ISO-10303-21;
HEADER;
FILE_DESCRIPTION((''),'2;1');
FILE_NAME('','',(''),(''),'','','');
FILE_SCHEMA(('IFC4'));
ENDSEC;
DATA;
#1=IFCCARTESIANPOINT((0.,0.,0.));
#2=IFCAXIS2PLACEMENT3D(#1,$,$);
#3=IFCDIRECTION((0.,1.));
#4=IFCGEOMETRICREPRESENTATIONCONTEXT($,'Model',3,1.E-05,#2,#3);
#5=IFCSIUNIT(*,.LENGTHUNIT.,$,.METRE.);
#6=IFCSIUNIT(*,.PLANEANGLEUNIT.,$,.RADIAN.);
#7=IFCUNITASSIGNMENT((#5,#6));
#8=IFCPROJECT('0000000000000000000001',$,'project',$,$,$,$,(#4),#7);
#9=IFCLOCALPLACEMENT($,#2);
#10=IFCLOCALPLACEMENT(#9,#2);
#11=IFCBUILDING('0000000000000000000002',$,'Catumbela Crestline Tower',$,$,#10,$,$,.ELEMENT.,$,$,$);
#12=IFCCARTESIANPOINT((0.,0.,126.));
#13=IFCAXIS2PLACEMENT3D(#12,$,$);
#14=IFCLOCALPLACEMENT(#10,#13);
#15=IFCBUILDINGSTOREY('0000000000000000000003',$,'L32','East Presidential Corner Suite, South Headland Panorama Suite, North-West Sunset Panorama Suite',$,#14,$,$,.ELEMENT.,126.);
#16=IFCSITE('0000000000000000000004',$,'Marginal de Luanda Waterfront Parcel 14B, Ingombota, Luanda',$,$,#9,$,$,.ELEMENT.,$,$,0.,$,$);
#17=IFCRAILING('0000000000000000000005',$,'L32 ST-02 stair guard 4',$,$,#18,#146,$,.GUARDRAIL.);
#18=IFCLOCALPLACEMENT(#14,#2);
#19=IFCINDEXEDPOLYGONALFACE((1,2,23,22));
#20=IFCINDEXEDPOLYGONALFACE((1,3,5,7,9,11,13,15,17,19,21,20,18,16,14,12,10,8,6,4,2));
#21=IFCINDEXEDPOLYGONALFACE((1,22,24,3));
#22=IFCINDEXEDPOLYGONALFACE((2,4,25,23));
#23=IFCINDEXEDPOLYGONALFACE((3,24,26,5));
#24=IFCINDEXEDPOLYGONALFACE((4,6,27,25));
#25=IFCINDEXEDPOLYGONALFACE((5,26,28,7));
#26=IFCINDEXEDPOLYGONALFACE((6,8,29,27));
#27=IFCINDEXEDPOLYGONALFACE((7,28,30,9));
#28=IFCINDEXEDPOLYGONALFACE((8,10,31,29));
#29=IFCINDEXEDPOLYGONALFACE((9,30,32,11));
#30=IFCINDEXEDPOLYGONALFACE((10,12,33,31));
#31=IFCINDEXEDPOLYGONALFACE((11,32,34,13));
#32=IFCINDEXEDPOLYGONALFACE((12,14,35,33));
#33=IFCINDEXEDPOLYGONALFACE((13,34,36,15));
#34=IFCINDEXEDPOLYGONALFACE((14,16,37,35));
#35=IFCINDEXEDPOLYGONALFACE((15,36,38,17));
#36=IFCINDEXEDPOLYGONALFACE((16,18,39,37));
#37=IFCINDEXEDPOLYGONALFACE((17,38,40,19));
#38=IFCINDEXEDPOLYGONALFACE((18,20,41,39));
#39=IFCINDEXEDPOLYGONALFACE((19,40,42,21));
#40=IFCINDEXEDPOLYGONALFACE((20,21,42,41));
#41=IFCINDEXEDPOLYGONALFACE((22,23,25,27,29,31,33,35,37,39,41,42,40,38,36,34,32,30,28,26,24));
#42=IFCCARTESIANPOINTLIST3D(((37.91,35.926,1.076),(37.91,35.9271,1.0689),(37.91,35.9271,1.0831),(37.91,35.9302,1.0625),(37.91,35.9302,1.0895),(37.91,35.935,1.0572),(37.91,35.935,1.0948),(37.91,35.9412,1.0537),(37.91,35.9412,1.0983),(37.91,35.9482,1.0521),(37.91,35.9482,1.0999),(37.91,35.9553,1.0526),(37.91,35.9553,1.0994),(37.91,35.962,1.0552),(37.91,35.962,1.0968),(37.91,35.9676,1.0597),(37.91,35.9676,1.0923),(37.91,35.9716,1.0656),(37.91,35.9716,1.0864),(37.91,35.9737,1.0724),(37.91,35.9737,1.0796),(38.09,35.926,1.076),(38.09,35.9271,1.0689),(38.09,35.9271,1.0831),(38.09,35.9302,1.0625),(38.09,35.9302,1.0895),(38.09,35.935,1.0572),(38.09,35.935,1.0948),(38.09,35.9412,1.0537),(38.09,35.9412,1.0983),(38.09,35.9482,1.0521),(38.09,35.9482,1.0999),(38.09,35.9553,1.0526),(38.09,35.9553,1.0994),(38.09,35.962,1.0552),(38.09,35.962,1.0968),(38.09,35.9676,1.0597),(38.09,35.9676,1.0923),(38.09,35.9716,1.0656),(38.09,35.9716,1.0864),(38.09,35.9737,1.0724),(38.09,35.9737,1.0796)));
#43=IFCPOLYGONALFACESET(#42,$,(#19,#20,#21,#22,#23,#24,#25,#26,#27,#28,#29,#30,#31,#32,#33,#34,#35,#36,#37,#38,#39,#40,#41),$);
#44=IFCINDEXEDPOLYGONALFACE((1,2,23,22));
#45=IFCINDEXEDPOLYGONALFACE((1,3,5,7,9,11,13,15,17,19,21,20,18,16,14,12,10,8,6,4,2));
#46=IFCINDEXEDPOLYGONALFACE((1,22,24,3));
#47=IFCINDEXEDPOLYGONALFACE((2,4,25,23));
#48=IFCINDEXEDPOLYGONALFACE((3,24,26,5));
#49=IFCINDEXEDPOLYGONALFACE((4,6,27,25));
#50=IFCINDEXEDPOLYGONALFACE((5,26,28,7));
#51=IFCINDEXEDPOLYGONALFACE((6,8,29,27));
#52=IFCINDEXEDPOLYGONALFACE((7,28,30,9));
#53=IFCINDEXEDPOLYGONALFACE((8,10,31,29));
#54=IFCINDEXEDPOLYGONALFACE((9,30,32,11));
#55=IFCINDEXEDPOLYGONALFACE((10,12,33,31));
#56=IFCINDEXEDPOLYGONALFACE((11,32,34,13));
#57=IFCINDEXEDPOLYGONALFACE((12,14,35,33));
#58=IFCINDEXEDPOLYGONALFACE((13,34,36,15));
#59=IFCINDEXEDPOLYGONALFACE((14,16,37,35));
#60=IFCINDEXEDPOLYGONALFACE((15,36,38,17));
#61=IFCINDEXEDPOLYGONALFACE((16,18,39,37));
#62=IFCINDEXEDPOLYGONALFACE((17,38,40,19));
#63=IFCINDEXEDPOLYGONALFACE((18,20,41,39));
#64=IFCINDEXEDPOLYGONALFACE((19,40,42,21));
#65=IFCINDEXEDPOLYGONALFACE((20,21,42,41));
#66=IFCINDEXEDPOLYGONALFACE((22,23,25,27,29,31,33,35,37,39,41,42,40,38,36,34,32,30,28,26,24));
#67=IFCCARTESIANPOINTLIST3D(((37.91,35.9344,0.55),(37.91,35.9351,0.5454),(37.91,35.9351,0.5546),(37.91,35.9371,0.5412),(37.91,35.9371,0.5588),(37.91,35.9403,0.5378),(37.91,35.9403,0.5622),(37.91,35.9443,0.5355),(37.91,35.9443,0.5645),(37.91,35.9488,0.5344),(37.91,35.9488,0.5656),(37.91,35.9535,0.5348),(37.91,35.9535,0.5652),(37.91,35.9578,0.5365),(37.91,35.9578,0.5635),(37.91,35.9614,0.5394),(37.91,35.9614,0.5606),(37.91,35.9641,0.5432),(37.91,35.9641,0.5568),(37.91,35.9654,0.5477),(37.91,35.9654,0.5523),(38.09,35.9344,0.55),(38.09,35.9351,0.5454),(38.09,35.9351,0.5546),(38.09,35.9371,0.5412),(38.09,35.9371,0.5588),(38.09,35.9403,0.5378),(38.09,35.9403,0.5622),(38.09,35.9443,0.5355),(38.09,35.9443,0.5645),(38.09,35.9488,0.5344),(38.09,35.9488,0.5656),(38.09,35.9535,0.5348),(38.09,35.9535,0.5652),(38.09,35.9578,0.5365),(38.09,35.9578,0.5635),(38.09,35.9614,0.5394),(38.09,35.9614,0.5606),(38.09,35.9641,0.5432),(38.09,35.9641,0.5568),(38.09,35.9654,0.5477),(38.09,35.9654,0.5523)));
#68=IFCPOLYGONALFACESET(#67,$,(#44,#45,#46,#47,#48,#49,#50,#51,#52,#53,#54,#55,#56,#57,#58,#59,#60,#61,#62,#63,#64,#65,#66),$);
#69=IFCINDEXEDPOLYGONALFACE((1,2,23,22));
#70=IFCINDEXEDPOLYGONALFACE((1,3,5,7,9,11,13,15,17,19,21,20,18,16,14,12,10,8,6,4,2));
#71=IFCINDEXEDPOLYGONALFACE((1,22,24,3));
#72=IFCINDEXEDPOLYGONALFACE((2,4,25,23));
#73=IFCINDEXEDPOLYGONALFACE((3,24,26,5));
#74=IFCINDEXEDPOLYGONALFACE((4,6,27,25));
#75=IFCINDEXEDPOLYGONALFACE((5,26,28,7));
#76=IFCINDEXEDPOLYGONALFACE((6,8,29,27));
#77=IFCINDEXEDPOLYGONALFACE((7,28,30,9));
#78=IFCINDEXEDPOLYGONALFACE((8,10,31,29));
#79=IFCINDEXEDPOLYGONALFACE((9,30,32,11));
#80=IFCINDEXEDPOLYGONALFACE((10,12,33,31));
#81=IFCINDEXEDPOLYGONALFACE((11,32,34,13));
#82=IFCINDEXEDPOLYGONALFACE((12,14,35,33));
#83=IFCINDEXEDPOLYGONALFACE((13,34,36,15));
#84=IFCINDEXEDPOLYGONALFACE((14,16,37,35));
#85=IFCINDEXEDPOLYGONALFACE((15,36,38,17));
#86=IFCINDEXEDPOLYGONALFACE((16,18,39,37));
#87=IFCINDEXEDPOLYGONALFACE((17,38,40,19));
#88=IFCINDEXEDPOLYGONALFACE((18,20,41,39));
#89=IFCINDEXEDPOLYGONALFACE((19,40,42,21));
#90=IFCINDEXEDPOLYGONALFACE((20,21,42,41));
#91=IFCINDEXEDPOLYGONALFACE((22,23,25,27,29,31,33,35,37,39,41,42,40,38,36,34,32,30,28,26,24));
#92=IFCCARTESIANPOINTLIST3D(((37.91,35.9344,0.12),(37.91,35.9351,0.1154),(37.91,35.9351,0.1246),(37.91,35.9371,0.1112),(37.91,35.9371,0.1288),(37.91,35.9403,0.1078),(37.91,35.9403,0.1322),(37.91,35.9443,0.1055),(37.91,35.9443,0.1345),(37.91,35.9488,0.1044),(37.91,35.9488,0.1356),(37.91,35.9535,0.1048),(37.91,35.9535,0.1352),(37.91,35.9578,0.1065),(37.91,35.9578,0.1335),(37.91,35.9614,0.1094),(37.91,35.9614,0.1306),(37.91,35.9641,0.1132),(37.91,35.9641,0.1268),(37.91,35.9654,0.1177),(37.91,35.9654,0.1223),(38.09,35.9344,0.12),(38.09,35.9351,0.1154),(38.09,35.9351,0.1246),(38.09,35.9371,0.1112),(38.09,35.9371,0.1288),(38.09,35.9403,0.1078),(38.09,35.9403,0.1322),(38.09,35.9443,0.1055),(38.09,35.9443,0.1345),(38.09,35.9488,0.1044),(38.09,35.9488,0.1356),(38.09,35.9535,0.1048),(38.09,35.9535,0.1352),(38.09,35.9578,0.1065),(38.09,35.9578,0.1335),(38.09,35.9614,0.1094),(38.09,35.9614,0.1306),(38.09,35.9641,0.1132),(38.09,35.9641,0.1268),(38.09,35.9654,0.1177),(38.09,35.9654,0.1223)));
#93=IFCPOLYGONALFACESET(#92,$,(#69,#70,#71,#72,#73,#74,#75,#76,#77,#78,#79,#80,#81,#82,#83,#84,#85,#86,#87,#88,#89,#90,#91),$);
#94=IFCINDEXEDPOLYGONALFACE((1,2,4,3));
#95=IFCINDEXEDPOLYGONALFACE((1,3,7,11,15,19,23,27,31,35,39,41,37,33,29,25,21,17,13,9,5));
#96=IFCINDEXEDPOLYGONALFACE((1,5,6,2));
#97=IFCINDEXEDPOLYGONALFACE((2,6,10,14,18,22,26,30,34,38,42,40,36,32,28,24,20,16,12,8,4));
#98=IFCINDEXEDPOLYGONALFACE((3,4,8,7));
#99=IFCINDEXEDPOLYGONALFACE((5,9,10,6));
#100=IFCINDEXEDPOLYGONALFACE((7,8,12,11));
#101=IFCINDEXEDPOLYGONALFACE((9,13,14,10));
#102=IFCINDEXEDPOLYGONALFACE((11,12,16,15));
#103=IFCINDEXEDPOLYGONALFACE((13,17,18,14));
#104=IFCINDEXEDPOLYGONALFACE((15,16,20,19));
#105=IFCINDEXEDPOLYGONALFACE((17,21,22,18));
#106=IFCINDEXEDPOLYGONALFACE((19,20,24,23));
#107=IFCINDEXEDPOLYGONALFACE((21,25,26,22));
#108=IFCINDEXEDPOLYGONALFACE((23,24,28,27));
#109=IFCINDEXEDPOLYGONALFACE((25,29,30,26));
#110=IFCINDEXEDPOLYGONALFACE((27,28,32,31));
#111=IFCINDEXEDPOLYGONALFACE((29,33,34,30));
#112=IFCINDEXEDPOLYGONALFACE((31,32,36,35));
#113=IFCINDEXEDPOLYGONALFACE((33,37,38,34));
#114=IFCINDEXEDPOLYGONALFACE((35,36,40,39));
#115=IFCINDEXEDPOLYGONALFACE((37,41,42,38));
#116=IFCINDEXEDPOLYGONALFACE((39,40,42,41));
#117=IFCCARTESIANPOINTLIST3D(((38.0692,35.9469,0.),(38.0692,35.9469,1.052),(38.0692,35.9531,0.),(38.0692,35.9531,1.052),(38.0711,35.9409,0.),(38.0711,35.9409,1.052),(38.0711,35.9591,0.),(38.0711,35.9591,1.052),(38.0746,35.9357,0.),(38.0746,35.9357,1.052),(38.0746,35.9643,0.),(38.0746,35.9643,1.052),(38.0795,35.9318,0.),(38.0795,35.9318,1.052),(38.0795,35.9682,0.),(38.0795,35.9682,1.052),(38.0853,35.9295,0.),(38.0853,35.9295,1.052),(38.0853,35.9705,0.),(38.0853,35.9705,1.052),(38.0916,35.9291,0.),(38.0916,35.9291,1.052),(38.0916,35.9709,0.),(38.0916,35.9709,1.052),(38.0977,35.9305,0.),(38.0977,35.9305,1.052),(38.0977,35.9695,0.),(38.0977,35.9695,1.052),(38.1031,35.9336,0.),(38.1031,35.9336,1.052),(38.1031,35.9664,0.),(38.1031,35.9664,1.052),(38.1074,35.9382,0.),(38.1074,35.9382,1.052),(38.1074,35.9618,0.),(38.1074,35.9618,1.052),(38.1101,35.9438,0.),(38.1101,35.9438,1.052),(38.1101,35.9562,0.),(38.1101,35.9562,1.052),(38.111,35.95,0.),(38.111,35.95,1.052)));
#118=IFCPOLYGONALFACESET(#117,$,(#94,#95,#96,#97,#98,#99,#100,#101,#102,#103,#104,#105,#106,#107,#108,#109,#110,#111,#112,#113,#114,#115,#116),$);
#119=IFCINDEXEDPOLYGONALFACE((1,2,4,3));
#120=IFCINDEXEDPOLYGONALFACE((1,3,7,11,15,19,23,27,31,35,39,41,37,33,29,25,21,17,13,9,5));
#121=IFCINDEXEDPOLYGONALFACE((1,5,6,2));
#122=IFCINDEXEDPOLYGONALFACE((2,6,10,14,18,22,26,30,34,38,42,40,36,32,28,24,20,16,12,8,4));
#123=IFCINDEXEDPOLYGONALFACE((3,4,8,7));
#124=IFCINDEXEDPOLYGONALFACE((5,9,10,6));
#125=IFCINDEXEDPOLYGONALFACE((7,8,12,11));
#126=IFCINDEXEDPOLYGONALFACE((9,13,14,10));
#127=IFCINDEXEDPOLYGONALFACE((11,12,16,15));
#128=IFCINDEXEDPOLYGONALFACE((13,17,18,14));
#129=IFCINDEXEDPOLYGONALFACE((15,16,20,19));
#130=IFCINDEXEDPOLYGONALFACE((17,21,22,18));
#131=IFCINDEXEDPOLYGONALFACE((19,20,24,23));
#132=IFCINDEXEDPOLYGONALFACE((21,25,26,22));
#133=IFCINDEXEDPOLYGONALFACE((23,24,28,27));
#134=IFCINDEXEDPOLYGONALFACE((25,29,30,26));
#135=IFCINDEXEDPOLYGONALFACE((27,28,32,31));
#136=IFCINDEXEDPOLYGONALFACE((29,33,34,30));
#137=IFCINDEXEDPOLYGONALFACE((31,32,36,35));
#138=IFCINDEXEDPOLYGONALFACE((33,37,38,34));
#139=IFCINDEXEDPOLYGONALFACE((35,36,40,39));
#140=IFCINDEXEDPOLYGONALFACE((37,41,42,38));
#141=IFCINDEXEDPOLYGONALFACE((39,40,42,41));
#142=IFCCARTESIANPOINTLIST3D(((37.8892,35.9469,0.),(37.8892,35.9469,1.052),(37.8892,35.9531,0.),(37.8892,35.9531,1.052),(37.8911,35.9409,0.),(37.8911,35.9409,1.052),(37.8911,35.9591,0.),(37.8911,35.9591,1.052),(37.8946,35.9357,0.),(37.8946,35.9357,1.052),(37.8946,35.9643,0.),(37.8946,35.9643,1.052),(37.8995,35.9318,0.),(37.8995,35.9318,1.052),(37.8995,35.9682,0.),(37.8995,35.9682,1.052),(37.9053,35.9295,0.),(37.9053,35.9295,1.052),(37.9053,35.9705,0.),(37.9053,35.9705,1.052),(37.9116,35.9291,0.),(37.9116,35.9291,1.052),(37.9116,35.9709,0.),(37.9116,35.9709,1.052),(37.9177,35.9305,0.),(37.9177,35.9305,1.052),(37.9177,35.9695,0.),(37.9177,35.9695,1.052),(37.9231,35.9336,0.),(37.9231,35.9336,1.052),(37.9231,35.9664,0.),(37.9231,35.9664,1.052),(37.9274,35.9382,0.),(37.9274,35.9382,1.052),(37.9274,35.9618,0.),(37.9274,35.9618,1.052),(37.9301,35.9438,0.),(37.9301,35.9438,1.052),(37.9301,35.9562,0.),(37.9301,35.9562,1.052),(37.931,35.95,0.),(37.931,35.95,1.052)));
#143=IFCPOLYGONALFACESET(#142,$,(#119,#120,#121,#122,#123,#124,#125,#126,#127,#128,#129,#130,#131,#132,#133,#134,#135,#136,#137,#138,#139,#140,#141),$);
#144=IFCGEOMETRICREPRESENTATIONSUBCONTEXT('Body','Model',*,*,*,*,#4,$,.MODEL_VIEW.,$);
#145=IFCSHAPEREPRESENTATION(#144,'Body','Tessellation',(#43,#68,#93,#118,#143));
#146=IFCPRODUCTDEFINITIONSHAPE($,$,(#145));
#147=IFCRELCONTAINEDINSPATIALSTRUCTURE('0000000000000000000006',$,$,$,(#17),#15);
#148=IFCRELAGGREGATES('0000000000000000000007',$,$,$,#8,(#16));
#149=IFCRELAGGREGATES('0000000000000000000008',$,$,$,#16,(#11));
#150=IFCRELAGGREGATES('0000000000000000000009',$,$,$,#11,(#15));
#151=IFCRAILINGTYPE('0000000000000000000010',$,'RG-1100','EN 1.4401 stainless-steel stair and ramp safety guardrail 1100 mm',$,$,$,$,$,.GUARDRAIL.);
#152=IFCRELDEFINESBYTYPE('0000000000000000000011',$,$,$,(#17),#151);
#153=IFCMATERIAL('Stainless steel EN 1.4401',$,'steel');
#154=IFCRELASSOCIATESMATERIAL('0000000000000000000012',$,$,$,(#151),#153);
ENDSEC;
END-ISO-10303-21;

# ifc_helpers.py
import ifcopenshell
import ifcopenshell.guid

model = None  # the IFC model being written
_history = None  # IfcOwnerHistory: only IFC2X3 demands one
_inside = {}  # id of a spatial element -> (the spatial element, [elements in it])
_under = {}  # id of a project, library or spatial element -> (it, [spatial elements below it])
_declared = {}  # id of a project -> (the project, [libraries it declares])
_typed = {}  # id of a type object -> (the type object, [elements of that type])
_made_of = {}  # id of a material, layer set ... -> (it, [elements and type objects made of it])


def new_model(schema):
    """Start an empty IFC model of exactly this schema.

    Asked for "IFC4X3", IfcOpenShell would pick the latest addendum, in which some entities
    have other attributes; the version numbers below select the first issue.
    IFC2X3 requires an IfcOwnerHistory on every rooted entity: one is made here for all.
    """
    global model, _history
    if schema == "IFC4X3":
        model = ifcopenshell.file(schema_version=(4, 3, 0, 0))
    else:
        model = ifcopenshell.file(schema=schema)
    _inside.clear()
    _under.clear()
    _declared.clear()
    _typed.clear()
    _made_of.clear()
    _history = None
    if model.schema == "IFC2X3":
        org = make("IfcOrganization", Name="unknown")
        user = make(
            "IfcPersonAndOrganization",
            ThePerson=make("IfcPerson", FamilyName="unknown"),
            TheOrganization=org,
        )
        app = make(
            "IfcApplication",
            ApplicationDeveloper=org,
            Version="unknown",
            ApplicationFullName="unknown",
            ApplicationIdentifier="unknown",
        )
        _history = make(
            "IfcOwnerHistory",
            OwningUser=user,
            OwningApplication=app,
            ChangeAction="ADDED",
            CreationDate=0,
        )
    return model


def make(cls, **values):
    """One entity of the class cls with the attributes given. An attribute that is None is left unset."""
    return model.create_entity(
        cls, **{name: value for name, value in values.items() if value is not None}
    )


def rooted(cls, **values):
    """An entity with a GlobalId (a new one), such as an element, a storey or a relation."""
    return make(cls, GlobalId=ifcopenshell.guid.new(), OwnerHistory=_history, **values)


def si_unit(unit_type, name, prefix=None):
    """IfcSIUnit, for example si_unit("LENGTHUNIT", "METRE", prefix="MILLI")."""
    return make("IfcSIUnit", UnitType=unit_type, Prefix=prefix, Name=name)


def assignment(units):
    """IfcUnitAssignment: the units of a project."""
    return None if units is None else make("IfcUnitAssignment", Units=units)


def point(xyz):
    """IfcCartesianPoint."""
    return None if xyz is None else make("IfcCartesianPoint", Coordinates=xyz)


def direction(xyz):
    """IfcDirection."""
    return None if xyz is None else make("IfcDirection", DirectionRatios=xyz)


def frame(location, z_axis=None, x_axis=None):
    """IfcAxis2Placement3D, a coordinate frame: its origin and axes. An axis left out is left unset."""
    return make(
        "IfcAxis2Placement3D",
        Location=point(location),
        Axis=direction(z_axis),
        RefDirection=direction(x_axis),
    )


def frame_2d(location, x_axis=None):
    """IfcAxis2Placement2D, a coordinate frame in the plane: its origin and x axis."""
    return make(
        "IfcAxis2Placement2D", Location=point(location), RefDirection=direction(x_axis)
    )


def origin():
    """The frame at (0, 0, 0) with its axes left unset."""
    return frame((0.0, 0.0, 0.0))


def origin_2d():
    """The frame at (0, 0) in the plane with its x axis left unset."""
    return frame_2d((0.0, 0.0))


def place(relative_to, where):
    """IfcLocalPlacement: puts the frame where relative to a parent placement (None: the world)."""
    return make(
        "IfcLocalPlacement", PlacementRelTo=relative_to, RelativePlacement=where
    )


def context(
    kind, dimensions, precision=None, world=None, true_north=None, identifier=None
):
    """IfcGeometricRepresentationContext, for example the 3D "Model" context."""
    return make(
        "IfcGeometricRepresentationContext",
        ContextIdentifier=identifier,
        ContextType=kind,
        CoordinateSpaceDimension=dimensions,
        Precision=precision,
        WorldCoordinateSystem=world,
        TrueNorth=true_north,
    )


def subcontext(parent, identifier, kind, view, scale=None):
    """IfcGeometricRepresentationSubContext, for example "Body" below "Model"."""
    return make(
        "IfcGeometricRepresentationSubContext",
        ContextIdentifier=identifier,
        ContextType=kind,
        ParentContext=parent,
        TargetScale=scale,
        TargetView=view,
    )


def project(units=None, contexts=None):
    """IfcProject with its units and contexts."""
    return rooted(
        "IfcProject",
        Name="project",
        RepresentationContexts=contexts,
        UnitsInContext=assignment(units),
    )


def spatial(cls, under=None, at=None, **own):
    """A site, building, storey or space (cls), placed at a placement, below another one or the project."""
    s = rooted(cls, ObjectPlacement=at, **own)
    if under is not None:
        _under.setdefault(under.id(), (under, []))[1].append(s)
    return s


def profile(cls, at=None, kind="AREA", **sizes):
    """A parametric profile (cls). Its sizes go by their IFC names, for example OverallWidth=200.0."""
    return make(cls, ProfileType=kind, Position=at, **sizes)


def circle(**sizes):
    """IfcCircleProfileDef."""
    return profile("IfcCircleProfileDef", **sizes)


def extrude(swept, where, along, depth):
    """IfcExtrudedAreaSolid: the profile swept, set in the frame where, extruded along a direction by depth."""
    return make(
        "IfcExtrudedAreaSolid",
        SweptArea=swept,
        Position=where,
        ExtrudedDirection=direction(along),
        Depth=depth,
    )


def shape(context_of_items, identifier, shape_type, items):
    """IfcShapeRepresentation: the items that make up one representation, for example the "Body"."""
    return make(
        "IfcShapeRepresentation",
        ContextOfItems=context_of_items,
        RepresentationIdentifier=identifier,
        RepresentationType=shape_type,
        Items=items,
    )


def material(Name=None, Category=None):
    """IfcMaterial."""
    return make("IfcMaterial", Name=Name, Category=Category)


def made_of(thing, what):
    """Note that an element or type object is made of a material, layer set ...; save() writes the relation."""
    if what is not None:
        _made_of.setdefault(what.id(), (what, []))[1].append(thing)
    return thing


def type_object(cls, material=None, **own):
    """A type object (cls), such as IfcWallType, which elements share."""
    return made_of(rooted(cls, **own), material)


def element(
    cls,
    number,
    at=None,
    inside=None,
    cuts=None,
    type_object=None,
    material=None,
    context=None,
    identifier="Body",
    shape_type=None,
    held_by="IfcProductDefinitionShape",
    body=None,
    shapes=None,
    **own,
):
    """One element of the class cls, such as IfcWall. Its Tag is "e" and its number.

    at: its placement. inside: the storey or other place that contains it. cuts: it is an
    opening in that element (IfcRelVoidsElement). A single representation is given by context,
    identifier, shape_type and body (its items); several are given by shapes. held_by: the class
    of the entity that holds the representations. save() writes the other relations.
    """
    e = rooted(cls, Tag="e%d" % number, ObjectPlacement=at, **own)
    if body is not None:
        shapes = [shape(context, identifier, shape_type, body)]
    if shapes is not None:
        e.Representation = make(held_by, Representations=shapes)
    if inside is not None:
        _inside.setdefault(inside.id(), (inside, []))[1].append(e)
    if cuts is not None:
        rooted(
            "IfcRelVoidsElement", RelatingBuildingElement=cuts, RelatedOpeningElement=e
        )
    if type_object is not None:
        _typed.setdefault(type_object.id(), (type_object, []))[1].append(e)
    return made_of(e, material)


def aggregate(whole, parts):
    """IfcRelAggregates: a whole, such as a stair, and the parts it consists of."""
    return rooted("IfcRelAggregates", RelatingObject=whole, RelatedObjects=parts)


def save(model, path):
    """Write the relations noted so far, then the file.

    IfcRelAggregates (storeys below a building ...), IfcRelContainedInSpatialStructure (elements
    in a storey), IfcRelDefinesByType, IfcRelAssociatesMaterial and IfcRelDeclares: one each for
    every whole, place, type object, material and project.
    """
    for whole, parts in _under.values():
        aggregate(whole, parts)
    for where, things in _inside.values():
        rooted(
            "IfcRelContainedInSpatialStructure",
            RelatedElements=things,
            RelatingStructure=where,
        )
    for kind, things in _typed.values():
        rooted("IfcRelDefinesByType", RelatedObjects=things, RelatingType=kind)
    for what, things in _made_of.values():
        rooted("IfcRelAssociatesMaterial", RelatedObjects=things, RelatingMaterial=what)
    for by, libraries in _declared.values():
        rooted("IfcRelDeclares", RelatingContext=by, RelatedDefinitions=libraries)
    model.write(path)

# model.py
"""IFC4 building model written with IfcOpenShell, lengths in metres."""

from ifc_helpers import new_model, si_unit, direction, frame, origin, origin_2d, place, context, subcontext, project, spatial, circle, extrude, material, type_object, element, save


model = new_model("IFC4")

# Units and contexts
model_context = context("Model", 3, precision=1e-05, world=origin(), true_north=direction((0.0, 1.0)))
body_context = subcontext(model_context, "Body", "Model", "MODEL_VIEW")
ifc_project = project(units=[si_unit("LENGTHUNIT", "METRE"), si_unit("PLANEANGLEUNIT", "RADIAN")], contexts=[model_context])

# Site, building, storey
site_placement = place(None, origin())
site = spatial("IfcSite", under=ifc_project, at=site_placement, Name="Marginal de Luanda Waterfront Parcel 14B, Ingombota, Luanda", CompositionType="ELEMENT", RefElevation=0.0)
building_placement = place(site_placement, origin())
building = spatial("IfcBuilding", under=site, at=building_placement, Name="Catumbela Crestline Tower", CompositionType="ELEMENT")
storey_placement = place(building_placement, frame((0.0, 0.0, 126.0)))
storey = spatial("IfcBuildingStorey", under=building, at=storey_placement, Name="L32", Description="East Presidential Corner Suite, South Headland Panorama Suite, North-West Sunset Panorama Suite", CompositionType="ELEMENT", Elevation=126.0)

# Shared definitions
ifc_material_1 = material(Name="Stainless steel EN 1.4401", Category="steel")

# Railing
railing_type_1 = type_object("IfcRailingType", Name="RG-1100", Description="EN 1.4401 stainless-steel stair and ramp safety guardrail 1100 mm", PredefinedType="GUARDRAIL", material=ifc_material_1)
railing_1_placement = place(storey_placement, frame((38.09, 35.95, 0.0)))
element("IfcRailing", 1, at=railing_1_placement, inside=storey, type_object=railing_type_1, Name="L32 ST-02 stair guard 4", PredefinedType="GUARDRAIL", context=body_context, shape_type="SweptSolid", body=[
    extrude(circle(Radius=0.024, at=origin_2d()), frame((0.0, 0.0, 1.076), z_axis=(-1.0, 0.0, 0.0), x_axis=(0.0, -1.0, 0.0)), (0.0, 0.0, 1.0), 0.18),
    extrude(circle(Radius=0.0156, at=origin_2d()), frame((0.0, 0.0, 0.55), z_axis=(-1.0, 0.0, 0.0), x_axis=(0.0, -1.0, 0.0)), (0.0, 0.0, 1.0), 0.18),
    extrude(circle(Radius=0.0156, at=origin_2d()), frame((0.0, 0.0, 0.12), z_axis=(-1.0, 0.0, 0.0), x_axis=(0.0, -1.0, 0.0)), (0.0, 0.0, 1.0), 0.18),
    extrude(circle(Radius=0.021, at=origin_2d()), origin(), (0.0, 0.0, 1.0), 1.052),
    extrude(circle(Radius=0.021, at=origin_2d()), frame((-0.18, 0.0, 0.0)), (0.0, 0.0, 1.0), 1.052),
])

save(model, "model.ifc")
